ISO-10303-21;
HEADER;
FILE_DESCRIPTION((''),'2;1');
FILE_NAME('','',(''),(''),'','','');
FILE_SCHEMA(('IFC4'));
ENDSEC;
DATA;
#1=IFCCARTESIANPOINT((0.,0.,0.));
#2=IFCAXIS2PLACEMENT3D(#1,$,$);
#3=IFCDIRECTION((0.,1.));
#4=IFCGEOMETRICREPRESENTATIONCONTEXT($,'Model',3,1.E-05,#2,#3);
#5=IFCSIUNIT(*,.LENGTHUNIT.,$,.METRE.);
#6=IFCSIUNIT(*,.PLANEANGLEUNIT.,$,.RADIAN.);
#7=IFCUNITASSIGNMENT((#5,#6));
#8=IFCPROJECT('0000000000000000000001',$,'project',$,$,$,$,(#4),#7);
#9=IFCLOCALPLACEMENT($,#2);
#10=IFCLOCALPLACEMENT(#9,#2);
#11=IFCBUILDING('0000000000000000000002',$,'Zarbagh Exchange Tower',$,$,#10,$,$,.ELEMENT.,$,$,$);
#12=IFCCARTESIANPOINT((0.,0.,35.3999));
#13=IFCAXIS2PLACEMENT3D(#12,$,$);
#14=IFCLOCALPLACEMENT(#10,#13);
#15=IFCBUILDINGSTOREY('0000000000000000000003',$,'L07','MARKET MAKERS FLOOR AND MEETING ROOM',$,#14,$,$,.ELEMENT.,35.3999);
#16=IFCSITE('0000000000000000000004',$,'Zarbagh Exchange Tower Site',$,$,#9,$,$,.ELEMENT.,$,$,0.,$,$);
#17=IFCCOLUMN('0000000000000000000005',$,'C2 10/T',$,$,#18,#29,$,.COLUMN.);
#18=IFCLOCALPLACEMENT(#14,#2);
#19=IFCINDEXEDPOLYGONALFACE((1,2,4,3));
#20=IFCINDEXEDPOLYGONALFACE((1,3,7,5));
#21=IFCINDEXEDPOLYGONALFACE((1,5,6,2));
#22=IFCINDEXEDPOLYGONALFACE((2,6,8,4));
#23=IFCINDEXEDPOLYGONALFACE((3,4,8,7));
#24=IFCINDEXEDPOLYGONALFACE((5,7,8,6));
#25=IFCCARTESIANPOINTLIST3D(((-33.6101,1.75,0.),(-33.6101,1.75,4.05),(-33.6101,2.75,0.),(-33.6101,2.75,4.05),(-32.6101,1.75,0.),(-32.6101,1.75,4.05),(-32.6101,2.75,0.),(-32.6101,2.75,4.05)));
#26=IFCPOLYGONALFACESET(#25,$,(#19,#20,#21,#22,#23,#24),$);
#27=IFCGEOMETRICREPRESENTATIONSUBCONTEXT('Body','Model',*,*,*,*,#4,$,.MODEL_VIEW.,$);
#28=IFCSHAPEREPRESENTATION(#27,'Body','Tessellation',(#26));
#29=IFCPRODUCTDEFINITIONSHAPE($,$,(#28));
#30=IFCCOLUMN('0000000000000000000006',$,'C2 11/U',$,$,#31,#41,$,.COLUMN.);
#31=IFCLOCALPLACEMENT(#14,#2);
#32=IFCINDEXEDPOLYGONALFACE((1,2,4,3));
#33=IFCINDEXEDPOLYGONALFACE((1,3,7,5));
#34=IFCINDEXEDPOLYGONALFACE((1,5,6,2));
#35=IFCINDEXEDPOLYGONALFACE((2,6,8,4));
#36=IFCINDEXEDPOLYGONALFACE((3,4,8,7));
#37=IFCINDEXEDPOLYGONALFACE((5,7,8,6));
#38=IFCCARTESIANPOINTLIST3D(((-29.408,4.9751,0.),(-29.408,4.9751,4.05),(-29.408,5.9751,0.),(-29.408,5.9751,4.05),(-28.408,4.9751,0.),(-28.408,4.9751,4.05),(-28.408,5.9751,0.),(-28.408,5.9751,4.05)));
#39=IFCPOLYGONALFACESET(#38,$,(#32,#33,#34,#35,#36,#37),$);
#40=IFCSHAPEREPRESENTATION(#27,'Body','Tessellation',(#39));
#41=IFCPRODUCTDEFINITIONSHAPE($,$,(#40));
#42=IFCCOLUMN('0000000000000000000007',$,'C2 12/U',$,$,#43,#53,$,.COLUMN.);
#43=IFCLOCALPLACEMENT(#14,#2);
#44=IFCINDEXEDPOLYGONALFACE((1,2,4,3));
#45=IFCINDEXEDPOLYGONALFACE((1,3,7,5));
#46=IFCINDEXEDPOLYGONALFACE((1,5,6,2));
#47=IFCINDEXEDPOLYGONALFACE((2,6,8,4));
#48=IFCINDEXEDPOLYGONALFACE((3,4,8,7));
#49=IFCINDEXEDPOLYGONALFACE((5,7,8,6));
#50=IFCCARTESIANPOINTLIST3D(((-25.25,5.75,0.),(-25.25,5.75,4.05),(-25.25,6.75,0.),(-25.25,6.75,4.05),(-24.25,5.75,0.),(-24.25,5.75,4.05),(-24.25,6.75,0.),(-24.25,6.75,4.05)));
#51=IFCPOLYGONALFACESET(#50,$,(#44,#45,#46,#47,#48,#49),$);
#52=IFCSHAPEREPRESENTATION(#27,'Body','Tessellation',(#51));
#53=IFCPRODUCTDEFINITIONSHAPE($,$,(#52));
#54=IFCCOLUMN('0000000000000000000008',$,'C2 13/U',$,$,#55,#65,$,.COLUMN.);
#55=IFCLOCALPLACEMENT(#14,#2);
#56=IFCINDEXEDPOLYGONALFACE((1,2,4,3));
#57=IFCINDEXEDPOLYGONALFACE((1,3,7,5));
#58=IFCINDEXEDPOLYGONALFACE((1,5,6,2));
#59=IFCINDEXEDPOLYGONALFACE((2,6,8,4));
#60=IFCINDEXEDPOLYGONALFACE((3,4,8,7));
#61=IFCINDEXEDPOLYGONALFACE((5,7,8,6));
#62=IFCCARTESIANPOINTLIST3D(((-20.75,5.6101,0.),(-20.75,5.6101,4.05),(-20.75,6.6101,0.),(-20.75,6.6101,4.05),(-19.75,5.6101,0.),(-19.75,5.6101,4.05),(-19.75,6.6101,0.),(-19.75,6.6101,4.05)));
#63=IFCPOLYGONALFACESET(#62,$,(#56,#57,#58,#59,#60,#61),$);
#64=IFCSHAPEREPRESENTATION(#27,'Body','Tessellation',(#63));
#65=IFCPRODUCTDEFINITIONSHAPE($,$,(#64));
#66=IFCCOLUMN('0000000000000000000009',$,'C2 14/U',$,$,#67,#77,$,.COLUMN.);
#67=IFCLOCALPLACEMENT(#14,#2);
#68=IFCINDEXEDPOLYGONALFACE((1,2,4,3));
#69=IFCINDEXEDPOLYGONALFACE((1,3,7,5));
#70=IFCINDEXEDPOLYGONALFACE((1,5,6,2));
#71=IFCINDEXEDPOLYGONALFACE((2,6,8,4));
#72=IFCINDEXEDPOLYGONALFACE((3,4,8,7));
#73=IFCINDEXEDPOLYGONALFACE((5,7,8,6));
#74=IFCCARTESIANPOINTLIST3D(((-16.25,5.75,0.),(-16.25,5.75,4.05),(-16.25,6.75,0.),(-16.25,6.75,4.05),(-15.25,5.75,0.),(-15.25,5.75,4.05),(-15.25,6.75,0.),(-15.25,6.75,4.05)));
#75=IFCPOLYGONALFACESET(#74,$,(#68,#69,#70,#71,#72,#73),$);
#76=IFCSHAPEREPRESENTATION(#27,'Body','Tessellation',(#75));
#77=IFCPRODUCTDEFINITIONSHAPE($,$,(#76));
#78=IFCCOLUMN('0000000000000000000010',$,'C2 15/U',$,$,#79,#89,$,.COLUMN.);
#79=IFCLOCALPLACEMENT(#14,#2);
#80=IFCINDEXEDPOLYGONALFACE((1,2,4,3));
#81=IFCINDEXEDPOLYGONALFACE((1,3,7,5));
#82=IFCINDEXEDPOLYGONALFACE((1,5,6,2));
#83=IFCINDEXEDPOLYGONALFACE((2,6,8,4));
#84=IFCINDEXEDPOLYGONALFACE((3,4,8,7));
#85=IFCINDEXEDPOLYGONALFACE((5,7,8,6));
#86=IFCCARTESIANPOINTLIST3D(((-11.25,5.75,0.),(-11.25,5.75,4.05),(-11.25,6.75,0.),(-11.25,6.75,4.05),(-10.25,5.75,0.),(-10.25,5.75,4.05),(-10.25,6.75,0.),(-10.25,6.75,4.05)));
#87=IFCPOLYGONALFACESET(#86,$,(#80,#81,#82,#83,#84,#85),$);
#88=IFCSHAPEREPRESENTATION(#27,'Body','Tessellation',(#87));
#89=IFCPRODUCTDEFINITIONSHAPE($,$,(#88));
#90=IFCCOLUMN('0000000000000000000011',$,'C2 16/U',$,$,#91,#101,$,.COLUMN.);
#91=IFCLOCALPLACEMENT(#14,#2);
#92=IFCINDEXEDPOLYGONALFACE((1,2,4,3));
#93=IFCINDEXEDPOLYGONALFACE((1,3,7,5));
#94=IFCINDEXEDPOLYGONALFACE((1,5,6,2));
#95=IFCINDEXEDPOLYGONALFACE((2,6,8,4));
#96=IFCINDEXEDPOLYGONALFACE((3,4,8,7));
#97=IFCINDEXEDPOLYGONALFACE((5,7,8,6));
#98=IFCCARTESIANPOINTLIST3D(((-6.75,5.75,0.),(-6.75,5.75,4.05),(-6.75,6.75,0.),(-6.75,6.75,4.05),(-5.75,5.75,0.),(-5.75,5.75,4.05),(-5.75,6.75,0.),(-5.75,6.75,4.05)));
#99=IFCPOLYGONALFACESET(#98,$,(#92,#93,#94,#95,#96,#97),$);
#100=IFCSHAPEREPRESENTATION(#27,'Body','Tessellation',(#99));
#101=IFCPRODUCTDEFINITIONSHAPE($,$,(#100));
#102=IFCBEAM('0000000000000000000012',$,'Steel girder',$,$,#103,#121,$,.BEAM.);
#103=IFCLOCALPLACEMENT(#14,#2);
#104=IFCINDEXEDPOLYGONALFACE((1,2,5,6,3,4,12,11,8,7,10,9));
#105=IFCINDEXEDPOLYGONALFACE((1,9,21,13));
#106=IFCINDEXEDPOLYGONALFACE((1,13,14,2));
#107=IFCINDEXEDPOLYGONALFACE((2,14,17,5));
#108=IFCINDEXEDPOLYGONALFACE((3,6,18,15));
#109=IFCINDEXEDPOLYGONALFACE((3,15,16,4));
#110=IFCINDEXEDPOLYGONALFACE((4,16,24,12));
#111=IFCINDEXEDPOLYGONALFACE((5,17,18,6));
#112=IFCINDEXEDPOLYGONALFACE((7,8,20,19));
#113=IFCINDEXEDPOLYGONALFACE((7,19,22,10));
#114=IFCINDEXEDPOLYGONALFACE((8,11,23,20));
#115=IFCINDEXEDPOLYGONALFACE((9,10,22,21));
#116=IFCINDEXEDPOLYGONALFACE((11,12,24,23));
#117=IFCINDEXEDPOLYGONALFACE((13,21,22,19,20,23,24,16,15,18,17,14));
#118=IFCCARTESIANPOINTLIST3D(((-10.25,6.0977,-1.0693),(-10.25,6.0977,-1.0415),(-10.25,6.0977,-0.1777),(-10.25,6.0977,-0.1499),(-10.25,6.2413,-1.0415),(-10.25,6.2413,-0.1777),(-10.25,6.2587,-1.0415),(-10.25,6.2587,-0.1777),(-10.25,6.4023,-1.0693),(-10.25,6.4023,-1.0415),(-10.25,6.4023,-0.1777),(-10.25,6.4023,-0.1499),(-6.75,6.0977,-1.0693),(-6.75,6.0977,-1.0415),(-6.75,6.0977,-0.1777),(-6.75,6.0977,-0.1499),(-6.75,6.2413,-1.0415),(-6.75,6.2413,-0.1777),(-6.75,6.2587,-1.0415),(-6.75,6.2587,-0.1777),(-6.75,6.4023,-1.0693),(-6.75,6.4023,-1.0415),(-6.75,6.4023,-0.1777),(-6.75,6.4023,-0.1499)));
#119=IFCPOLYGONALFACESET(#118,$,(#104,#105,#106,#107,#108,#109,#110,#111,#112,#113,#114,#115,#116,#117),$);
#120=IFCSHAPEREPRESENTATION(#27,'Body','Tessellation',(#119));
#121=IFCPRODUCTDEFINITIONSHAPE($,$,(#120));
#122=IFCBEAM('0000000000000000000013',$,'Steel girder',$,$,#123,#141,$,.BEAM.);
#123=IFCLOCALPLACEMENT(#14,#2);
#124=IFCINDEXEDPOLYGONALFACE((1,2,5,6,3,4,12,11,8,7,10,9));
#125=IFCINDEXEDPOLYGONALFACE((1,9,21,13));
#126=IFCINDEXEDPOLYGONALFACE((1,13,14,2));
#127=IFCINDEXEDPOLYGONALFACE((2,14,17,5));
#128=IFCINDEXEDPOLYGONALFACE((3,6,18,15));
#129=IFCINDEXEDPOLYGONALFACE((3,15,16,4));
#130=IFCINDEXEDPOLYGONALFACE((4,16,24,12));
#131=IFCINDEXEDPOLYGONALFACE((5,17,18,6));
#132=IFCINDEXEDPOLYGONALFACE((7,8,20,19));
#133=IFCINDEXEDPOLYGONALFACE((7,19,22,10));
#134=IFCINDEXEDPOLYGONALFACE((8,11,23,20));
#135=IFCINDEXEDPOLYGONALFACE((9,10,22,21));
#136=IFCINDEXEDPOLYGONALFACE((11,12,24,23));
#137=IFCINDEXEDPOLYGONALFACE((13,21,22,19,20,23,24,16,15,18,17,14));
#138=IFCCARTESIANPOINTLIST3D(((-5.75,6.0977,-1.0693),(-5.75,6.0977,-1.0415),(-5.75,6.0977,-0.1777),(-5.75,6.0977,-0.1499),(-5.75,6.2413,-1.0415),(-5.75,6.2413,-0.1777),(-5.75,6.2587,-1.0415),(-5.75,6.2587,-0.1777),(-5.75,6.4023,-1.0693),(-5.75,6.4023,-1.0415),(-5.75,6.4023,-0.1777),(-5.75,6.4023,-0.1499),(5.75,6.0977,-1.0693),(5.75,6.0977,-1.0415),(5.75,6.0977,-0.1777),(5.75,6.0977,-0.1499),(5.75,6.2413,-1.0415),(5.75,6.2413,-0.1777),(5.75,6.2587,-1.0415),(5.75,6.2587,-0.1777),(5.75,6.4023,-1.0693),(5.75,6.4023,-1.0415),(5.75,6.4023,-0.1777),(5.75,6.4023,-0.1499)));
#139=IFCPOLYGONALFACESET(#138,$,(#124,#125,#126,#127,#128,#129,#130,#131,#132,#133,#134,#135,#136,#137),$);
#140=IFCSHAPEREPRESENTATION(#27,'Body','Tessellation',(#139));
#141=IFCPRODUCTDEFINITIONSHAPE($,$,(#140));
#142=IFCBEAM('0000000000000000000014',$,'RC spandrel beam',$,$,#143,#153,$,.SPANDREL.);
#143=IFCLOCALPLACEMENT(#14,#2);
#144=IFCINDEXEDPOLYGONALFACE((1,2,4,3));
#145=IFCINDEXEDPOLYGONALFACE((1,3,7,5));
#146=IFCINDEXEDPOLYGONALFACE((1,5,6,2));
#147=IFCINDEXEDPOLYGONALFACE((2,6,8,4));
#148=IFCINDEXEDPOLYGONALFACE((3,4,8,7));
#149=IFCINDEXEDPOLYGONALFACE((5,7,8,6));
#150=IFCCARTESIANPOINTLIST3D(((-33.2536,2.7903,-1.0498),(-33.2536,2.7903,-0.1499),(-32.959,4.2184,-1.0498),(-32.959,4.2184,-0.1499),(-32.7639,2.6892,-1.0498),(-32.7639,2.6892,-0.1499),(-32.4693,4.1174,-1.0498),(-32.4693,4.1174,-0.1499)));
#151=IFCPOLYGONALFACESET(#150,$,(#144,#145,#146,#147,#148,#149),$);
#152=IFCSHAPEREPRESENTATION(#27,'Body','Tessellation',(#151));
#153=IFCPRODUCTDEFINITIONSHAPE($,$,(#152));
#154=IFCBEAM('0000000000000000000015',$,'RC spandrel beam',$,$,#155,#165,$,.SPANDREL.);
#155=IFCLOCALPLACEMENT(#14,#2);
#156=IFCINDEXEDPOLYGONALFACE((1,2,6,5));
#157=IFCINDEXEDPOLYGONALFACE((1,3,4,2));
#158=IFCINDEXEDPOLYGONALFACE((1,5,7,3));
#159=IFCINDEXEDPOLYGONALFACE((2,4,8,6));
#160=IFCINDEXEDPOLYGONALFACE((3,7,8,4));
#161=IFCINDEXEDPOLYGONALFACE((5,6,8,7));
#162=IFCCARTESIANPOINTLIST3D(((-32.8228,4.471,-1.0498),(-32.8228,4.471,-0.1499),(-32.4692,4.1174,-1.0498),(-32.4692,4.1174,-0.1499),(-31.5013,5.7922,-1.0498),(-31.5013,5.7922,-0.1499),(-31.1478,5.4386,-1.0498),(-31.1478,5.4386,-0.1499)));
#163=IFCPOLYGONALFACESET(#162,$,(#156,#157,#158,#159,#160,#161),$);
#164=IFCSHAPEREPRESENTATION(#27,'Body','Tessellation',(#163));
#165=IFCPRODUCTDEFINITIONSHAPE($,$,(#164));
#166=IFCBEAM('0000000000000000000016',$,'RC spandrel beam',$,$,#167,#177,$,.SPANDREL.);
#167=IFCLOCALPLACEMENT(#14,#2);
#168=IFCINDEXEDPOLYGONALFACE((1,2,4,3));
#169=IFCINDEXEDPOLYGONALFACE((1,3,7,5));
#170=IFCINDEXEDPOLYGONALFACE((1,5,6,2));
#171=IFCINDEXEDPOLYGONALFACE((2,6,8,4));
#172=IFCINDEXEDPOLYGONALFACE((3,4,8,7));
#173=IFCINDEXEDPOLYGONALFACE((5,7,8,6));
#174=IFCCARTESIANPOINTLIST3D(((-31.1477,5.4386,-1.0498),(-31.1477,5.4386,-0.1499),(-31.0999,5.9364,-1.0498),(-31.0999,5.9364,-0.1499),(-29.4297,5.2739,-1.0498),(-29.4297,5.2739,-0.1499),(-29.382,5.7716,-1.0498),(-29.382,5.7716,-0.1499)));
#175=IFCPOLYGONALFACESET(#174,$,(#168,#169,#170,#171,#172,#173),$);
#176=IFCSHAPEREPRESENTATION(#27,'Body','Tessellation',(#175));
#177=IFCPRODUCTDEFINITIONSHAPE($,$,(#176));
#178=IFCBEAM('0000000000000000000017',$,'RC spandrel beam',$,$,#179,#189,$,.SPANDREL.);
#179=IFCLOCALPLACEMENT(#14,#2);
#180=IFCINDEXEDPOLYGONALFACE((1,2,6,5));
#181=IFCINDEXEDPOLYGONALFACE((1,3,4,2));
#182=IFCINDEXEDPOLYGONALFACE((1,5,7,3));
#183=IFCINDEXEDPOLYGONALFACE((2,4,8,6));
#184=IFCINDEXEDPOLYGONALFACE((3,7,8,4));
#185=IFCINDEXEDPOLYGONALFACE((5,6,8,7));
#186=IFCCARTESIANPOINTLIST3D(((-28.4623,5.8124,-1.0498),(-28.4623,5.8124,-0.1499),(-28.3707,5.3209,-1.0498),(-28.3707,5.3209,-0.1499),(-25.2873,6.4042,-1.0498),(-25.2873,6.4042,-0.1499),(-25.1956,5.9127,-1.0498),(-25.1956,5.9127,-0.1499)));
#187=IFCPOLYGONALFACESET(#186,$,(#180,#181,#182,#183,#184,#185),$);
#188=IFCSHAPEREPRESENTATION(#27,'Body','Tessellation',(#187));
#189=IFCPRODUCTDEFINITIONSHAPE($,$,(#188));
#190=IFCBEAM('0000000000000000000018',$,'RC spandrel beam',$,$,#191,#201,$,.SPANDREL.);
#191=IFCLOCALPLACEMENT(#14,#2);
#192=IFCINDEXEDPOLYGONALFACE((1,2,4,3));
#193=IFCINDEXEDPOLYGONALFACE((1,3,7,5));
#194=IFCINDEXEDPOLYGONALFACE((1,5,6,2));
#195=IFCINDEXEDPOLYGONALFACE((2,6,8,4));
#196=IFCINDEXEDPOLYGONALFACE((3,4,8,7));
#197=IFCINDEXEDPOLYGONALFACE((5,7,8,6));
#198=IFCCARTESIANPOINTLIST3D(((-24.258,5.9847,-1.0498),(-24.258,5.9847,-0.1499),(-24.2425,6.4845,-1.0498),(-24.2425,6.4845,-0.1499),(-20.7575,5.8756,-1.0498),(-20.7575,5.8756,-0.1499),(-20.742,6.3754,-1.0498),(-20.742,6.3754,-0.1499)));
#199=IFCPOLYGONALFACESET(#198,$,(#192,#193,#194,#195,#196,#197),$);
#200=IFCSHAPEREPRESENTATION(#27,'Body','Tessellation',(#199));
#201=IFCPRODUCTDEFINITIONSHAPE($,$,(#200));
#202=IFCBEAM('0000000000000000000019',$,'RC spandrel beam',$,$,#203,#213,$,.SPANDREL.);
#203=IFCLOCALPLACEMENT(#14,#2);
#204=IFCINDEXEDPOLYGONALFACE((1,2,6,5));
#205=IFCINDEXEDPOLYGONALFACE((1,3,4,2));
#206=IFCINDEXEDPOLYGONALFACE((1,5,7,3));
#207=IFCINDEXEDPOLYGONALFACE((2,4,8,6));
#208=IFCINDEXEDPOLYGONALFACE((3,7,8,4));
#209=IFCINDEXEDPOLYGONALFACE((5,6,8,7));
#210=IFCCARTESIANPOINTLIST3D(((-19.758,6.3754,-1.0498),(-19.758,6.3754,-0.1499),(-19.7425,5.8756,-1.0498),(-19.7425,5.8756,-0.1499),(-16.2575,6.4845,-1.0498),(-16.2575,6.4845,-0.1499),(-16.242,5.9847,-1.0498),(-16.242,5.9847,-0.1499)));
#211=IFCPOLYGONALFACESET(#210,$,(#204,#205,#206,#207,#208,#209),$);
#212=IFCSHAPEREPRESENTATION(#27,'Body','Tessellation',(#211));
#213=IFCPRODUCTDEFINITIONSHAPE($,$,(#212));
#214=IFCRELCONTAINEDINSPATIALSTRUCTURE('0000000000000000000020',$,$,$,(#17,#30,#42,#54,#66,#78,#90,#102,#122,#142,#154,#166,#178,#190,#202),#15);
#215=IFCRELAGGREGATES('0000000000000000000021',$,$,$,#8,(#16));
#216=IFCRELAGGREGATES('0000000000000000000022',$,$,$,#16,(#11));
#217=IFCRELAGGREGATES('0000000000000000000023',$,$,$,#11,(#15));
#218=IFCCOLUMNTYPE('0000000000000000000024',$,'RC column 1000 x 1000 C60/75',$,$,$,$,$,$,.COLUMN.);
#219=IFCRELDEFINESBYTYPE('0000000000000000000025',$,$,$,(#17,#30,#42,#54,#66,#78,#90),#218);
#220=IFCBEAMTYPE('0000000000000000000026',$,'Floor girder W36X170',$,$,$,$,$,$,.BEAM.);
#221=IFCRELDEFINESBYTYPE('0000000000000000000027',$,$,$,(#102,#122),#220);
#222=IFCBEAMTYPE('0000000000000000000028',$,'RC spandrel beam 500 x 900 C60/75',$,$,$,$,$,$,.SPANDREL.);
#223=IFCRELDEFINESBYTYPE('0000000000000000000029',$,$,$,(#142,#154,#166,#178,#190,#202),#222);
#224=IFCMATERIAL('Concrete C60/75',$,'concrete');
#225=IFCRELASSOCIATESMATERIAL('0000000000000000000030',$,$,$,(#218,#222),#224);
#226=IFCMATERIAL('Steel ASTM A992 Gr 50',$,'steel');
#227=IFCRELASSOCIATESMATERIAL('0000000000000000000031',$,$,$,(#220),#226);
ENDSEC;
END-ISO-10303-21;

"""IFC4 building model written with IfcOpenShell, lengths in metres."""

from ifc_helpers import new_model, si_unit, direction, frame, origin, origin_2d, place, context, subcontext, project, spatial, rectangle, i_section, extrude, material, material_profile, profile_set, type_object, element, save


model = new_model("IFC4")

# Units and contexts
model_context = context("Model", 3, precision=1e-05, world=origin(), true_north=direction((0.0, 1.0)))
body_context = subcontext(model_context, "Body", "Model", "MODEL_VIEW")
ifc_project = project(units=[si_unit("LENGTHUNIT", "METRE"), si_unit("PLANEANGLEUNIT", "RADIAN")], contexts=[model_context])

# Site, building, storey
site_placement = place(None, origin())
site = spatial("IfcSite", under=ifc_project, at=site_placement, Name="Zarbagh Exchange Tower Site", CompositionType="ELEMENT", RefElevation=0.0)
building_placement = place(site_placement, origin())
building = spatial("IfcBuilding", under=site, at=building_placement, Name="Zarbagh Exchange Tower", CompositionType="ELEMENT")
storey_placement = place(building_placement, frame((0.0, 0.0, 35.3999)))
storey = spatial("IfcBuildingStorey", under=building, at=storey_placement, Name="L07", Description="MARKET MAKERS FLOOR AND MEETING ROOM", CompositionType="ELEMENT", Elevation=35.3999)

# Columns
ifc_material_1 = material(Name="Concrete C60/75", Category="concrete")
ifc_material_profile_1 = material_profile(ifc_material_1, rectangle(XDim=1.0, YDim=1.0, at=origin_2d()), Name="RC column 1000 x 1000 C60/75")
ifc_profile_set_1 = profile_set([ifc_material_profile_1], Name="Concrete C60/75")
column_type = type_object("IfcColumnType", Name="RC column 1000 x 1000 C60/75", PredefinedType="COLUMN", material=ifc_profile_set_1)
for number, where, z_axis, x_axis, name in (
    (1, (-33.1101, 2.25, 0.0), (0.0, 0.0, 1.0), (1.0, 0.0, 0.0), "C2 10/T"),
    (2, (-28.908, 5.4751, 0.0), (0.0, 0.0, 1.0), (1.0, 0.0, 0.0), "C2 11/U"),
    (3, (-24.75, 6.25, 0.0), (0.0, 0.0, 1.0), (1.0, 0.0, 0.0), "C2 12/U"),
    (4, (-20.25, 6.1101, 0.0), (0.0, 0.0, 1.0), (1.0, 0.0, 0.0), "C2 13/U"),
    (5, (-15.75, 6.25, 0.0), (0.0, 0.0, 1.0), (1.0, 0.0, 0.0), "C2 14/U"),
    (6, (-10.75, 6.25, 0.0), (0.0, 0.0, 1.0), (1.0, 0.0, 0.0), "C2 15/U"),
    (7, (-6.25, 6.25, 0.0), (0.0, 0.0, 1.0), (1.0, 0.0, 0.0), "C2 16/U"),
):
    element("IfcColumn", number, at=place(storey_placement, frame(where, z_axis=z_axis, x_axis=x_axis)), inside=storey, type_object=column_type, Name=name, PredefinedType="COLUMN", context=body_context, shape_type="SweptSolid", body=[
        extrude(rectangle(XDim=1.0, YDim=1.0, at=origin_2d()), origin(), (0.0, 0.0, 1.0), 4.05),
    ])

# Beams
ifc_material_2 = material(Name="Steel ASTM A992 Gr 50", Category="steel")
ifc_material_profile_2 = material_profile(ifc_material_2, i_section(OverallWidth=0.3047, OverallDepth=0.9194, WebThickness=0.0173, FlangeThickness=0.0278, at=origin_2d()), Name="W36X170")
ifc_profile_set_2 = profile_set([ifc_material_profile_2], Name="Steel ASTM A992 Gr 50")
beam_type_1 = type_object("IfcBeamType", Name="Floor girder W36X170", PredefinedType="BEAM", material=ifc_profile_set_2)
beam_1_placement = place(storey_placement, frame((-10.25, 6.25, -0.6096), z_axis=(1.0, 0.0, 0.0), x_axis=(0.0, 1.0, 0.0)))
element("IfcBeam", 8, at=beam_1_placement, inside=storey, type_object=beam_type_1, Name="Steel girder", PredefinedType="BEAM", context=body_context, shape_type="SweptSolid", body=[
    extrude(i_section(OverallWidth=0.3047, OverallDepth=0.9194, WebThickness=0.0173, FlangeThickness=0.0278, at=origin_2d()), origin(), (0.0, 0.0, 1.0), 3.5),
])
beam_2_placement = place(storey_placement, frame((-5.75, 6.25, -0.6096), z_axis=(1.0, 0.0, 0.0), x_axis=(0.0, 1.0, 0.0)))
element("IfcBeam", 9, at=beam_2_placement, inside=storey, type_object=beam_type_1, Name="Steel girder", PredefinedType="BEAM", context=body_context, shape_type="SweptSolid", body=[
    extrude(i_section(OverallWidth=0.3047, OverallDepth=0.9194, WebThickness=0.0173, FlangeThickness=0.0278, at=origin_2d()), origin(), (0.0, 0.0, 1.0), 11.5),
])
ifc_material_profile_3 = material_profile(ifc_material_1, rectangle(XDim=0.5, YDim=0.8999, at=origin_2d()), Name="RC spandrel beam 500 x 900 C60/75")
ifc_profile_set_3 = profile_set([ifc_material_profile_3], Name="Concrete C60/75")
beam_type_2 = type_object("IfcBeamType", Name="RC spandrel beam 500 x 900 C60/75", PredefinedType="SPANDREL", material=ifc_profile_set_3)
beam_3_placement = place(storey_placement, frame((-33.0088, 2.7397, -0.5999), z_axis=(0.202069, 0.979371, 0.0), x_axis=(-0.979371, 0.202069, 0.0)))
element("IfcBeam", 10, at=beam_3_placement, inside=storey, type_object=beam_type_2, Name="RC spandrel beam", PredefinedType="SPANDREL", context=body_context, shape_type="SweptSolid", body=[
    extrude(rectangle(XDim=0.5, YDim=0.8999, at=origin_2d()), origin(), (0.0, 0.0, 1.0), 1.4583),
])
beam_4_placement = place(storey_placement, frame((-32.646, 4.2942, -0.5999), z_axis=(0.707172, 0.707041, 0.0), x_axis=(-0.707041, 0.707172, 0.0)))
element("IfcBeam", 11, at=beam_4_placement, inside=storey, type_object=beam_type_2, Name="RC spandrel beam", PredefinedType="SPANDREL", context=body_context, shape_type="SweptSolid", body=[
    extrude(rectangle(XDim=0.5, YDim=0.8999, at=origin_2d()), origin(), (0.0, 0.0, 1.0), 1.8687),
])
beam_5_placement = place(storey_placement, frame((-31.1238, 5.6875, -0.5999), z_axis=(0.995431, -0.095483, 0.0), x_axis=(0.095483, 0.995431, 0.0)))
element("IfcBeam", 12, at=beam_5_placement, inside=storey, type_object=beam_type_2, Name="RC spandrel beam", PredefinedType="SPANDREL", context=body_context, shape_type="SweptSolid", body=[
    extrude(rectangle(XDim=0.5, YDim=0.8999, at=origin_2d()), origin(), (0.0, 0.0, 1.0), 1.7258),
])
beam_6_placement = place(storey_placement, frame((-28.4165, 5.5667, -0.5999), z_axis=(0.983069, 0.183234, 0.0), x_axis=(-0.183234, 0.983069, 0.0)))
element("IfcBeam", 13, at=beam_6_placement, inside=storey, type_object=beam_type_2, Name="RC spandrel beam", PredefinedType="SPANDREL", context=body_context, shape_type="SweptSolid", body=[
    extrude(rectangle(XDim=0.5, YDim=0.8999, at=origin_2d()), origin(), (0.0, 0.0, 1.0), 3.2297),
])
for number, where, z_axis, x_axis, name in (
    (14, (-24.2502, 6.2346, -0.5999), (0.999514, -0.031161, 0.0), (0.031161, 0.999514, 0.0), "RC spandrel beam"),
    (15, (-19.7502, 6.1255, -0.5999), (0.999514, 0.031161, 0.0), (-0.031161, 0.999514, 0.0), "RC spandrel beam"),
):
    element("IfcBeam", number, at=place(storey_placement, frame(where, z_axis=z_axis, x_axis=x_axis)), inside=storey, type_object=beam_type_2, Name=name, PredefinedType="SPANDREL", context=body_context, shape_type="SweptSolid", body=[
        extrude(rectangle(XDim=0.5, YDim=0.8999, at=origin_2d()), origin(), (0.0, 0.0, 1.0), 3.5022),
    ])

save(model, "model.ifc")
